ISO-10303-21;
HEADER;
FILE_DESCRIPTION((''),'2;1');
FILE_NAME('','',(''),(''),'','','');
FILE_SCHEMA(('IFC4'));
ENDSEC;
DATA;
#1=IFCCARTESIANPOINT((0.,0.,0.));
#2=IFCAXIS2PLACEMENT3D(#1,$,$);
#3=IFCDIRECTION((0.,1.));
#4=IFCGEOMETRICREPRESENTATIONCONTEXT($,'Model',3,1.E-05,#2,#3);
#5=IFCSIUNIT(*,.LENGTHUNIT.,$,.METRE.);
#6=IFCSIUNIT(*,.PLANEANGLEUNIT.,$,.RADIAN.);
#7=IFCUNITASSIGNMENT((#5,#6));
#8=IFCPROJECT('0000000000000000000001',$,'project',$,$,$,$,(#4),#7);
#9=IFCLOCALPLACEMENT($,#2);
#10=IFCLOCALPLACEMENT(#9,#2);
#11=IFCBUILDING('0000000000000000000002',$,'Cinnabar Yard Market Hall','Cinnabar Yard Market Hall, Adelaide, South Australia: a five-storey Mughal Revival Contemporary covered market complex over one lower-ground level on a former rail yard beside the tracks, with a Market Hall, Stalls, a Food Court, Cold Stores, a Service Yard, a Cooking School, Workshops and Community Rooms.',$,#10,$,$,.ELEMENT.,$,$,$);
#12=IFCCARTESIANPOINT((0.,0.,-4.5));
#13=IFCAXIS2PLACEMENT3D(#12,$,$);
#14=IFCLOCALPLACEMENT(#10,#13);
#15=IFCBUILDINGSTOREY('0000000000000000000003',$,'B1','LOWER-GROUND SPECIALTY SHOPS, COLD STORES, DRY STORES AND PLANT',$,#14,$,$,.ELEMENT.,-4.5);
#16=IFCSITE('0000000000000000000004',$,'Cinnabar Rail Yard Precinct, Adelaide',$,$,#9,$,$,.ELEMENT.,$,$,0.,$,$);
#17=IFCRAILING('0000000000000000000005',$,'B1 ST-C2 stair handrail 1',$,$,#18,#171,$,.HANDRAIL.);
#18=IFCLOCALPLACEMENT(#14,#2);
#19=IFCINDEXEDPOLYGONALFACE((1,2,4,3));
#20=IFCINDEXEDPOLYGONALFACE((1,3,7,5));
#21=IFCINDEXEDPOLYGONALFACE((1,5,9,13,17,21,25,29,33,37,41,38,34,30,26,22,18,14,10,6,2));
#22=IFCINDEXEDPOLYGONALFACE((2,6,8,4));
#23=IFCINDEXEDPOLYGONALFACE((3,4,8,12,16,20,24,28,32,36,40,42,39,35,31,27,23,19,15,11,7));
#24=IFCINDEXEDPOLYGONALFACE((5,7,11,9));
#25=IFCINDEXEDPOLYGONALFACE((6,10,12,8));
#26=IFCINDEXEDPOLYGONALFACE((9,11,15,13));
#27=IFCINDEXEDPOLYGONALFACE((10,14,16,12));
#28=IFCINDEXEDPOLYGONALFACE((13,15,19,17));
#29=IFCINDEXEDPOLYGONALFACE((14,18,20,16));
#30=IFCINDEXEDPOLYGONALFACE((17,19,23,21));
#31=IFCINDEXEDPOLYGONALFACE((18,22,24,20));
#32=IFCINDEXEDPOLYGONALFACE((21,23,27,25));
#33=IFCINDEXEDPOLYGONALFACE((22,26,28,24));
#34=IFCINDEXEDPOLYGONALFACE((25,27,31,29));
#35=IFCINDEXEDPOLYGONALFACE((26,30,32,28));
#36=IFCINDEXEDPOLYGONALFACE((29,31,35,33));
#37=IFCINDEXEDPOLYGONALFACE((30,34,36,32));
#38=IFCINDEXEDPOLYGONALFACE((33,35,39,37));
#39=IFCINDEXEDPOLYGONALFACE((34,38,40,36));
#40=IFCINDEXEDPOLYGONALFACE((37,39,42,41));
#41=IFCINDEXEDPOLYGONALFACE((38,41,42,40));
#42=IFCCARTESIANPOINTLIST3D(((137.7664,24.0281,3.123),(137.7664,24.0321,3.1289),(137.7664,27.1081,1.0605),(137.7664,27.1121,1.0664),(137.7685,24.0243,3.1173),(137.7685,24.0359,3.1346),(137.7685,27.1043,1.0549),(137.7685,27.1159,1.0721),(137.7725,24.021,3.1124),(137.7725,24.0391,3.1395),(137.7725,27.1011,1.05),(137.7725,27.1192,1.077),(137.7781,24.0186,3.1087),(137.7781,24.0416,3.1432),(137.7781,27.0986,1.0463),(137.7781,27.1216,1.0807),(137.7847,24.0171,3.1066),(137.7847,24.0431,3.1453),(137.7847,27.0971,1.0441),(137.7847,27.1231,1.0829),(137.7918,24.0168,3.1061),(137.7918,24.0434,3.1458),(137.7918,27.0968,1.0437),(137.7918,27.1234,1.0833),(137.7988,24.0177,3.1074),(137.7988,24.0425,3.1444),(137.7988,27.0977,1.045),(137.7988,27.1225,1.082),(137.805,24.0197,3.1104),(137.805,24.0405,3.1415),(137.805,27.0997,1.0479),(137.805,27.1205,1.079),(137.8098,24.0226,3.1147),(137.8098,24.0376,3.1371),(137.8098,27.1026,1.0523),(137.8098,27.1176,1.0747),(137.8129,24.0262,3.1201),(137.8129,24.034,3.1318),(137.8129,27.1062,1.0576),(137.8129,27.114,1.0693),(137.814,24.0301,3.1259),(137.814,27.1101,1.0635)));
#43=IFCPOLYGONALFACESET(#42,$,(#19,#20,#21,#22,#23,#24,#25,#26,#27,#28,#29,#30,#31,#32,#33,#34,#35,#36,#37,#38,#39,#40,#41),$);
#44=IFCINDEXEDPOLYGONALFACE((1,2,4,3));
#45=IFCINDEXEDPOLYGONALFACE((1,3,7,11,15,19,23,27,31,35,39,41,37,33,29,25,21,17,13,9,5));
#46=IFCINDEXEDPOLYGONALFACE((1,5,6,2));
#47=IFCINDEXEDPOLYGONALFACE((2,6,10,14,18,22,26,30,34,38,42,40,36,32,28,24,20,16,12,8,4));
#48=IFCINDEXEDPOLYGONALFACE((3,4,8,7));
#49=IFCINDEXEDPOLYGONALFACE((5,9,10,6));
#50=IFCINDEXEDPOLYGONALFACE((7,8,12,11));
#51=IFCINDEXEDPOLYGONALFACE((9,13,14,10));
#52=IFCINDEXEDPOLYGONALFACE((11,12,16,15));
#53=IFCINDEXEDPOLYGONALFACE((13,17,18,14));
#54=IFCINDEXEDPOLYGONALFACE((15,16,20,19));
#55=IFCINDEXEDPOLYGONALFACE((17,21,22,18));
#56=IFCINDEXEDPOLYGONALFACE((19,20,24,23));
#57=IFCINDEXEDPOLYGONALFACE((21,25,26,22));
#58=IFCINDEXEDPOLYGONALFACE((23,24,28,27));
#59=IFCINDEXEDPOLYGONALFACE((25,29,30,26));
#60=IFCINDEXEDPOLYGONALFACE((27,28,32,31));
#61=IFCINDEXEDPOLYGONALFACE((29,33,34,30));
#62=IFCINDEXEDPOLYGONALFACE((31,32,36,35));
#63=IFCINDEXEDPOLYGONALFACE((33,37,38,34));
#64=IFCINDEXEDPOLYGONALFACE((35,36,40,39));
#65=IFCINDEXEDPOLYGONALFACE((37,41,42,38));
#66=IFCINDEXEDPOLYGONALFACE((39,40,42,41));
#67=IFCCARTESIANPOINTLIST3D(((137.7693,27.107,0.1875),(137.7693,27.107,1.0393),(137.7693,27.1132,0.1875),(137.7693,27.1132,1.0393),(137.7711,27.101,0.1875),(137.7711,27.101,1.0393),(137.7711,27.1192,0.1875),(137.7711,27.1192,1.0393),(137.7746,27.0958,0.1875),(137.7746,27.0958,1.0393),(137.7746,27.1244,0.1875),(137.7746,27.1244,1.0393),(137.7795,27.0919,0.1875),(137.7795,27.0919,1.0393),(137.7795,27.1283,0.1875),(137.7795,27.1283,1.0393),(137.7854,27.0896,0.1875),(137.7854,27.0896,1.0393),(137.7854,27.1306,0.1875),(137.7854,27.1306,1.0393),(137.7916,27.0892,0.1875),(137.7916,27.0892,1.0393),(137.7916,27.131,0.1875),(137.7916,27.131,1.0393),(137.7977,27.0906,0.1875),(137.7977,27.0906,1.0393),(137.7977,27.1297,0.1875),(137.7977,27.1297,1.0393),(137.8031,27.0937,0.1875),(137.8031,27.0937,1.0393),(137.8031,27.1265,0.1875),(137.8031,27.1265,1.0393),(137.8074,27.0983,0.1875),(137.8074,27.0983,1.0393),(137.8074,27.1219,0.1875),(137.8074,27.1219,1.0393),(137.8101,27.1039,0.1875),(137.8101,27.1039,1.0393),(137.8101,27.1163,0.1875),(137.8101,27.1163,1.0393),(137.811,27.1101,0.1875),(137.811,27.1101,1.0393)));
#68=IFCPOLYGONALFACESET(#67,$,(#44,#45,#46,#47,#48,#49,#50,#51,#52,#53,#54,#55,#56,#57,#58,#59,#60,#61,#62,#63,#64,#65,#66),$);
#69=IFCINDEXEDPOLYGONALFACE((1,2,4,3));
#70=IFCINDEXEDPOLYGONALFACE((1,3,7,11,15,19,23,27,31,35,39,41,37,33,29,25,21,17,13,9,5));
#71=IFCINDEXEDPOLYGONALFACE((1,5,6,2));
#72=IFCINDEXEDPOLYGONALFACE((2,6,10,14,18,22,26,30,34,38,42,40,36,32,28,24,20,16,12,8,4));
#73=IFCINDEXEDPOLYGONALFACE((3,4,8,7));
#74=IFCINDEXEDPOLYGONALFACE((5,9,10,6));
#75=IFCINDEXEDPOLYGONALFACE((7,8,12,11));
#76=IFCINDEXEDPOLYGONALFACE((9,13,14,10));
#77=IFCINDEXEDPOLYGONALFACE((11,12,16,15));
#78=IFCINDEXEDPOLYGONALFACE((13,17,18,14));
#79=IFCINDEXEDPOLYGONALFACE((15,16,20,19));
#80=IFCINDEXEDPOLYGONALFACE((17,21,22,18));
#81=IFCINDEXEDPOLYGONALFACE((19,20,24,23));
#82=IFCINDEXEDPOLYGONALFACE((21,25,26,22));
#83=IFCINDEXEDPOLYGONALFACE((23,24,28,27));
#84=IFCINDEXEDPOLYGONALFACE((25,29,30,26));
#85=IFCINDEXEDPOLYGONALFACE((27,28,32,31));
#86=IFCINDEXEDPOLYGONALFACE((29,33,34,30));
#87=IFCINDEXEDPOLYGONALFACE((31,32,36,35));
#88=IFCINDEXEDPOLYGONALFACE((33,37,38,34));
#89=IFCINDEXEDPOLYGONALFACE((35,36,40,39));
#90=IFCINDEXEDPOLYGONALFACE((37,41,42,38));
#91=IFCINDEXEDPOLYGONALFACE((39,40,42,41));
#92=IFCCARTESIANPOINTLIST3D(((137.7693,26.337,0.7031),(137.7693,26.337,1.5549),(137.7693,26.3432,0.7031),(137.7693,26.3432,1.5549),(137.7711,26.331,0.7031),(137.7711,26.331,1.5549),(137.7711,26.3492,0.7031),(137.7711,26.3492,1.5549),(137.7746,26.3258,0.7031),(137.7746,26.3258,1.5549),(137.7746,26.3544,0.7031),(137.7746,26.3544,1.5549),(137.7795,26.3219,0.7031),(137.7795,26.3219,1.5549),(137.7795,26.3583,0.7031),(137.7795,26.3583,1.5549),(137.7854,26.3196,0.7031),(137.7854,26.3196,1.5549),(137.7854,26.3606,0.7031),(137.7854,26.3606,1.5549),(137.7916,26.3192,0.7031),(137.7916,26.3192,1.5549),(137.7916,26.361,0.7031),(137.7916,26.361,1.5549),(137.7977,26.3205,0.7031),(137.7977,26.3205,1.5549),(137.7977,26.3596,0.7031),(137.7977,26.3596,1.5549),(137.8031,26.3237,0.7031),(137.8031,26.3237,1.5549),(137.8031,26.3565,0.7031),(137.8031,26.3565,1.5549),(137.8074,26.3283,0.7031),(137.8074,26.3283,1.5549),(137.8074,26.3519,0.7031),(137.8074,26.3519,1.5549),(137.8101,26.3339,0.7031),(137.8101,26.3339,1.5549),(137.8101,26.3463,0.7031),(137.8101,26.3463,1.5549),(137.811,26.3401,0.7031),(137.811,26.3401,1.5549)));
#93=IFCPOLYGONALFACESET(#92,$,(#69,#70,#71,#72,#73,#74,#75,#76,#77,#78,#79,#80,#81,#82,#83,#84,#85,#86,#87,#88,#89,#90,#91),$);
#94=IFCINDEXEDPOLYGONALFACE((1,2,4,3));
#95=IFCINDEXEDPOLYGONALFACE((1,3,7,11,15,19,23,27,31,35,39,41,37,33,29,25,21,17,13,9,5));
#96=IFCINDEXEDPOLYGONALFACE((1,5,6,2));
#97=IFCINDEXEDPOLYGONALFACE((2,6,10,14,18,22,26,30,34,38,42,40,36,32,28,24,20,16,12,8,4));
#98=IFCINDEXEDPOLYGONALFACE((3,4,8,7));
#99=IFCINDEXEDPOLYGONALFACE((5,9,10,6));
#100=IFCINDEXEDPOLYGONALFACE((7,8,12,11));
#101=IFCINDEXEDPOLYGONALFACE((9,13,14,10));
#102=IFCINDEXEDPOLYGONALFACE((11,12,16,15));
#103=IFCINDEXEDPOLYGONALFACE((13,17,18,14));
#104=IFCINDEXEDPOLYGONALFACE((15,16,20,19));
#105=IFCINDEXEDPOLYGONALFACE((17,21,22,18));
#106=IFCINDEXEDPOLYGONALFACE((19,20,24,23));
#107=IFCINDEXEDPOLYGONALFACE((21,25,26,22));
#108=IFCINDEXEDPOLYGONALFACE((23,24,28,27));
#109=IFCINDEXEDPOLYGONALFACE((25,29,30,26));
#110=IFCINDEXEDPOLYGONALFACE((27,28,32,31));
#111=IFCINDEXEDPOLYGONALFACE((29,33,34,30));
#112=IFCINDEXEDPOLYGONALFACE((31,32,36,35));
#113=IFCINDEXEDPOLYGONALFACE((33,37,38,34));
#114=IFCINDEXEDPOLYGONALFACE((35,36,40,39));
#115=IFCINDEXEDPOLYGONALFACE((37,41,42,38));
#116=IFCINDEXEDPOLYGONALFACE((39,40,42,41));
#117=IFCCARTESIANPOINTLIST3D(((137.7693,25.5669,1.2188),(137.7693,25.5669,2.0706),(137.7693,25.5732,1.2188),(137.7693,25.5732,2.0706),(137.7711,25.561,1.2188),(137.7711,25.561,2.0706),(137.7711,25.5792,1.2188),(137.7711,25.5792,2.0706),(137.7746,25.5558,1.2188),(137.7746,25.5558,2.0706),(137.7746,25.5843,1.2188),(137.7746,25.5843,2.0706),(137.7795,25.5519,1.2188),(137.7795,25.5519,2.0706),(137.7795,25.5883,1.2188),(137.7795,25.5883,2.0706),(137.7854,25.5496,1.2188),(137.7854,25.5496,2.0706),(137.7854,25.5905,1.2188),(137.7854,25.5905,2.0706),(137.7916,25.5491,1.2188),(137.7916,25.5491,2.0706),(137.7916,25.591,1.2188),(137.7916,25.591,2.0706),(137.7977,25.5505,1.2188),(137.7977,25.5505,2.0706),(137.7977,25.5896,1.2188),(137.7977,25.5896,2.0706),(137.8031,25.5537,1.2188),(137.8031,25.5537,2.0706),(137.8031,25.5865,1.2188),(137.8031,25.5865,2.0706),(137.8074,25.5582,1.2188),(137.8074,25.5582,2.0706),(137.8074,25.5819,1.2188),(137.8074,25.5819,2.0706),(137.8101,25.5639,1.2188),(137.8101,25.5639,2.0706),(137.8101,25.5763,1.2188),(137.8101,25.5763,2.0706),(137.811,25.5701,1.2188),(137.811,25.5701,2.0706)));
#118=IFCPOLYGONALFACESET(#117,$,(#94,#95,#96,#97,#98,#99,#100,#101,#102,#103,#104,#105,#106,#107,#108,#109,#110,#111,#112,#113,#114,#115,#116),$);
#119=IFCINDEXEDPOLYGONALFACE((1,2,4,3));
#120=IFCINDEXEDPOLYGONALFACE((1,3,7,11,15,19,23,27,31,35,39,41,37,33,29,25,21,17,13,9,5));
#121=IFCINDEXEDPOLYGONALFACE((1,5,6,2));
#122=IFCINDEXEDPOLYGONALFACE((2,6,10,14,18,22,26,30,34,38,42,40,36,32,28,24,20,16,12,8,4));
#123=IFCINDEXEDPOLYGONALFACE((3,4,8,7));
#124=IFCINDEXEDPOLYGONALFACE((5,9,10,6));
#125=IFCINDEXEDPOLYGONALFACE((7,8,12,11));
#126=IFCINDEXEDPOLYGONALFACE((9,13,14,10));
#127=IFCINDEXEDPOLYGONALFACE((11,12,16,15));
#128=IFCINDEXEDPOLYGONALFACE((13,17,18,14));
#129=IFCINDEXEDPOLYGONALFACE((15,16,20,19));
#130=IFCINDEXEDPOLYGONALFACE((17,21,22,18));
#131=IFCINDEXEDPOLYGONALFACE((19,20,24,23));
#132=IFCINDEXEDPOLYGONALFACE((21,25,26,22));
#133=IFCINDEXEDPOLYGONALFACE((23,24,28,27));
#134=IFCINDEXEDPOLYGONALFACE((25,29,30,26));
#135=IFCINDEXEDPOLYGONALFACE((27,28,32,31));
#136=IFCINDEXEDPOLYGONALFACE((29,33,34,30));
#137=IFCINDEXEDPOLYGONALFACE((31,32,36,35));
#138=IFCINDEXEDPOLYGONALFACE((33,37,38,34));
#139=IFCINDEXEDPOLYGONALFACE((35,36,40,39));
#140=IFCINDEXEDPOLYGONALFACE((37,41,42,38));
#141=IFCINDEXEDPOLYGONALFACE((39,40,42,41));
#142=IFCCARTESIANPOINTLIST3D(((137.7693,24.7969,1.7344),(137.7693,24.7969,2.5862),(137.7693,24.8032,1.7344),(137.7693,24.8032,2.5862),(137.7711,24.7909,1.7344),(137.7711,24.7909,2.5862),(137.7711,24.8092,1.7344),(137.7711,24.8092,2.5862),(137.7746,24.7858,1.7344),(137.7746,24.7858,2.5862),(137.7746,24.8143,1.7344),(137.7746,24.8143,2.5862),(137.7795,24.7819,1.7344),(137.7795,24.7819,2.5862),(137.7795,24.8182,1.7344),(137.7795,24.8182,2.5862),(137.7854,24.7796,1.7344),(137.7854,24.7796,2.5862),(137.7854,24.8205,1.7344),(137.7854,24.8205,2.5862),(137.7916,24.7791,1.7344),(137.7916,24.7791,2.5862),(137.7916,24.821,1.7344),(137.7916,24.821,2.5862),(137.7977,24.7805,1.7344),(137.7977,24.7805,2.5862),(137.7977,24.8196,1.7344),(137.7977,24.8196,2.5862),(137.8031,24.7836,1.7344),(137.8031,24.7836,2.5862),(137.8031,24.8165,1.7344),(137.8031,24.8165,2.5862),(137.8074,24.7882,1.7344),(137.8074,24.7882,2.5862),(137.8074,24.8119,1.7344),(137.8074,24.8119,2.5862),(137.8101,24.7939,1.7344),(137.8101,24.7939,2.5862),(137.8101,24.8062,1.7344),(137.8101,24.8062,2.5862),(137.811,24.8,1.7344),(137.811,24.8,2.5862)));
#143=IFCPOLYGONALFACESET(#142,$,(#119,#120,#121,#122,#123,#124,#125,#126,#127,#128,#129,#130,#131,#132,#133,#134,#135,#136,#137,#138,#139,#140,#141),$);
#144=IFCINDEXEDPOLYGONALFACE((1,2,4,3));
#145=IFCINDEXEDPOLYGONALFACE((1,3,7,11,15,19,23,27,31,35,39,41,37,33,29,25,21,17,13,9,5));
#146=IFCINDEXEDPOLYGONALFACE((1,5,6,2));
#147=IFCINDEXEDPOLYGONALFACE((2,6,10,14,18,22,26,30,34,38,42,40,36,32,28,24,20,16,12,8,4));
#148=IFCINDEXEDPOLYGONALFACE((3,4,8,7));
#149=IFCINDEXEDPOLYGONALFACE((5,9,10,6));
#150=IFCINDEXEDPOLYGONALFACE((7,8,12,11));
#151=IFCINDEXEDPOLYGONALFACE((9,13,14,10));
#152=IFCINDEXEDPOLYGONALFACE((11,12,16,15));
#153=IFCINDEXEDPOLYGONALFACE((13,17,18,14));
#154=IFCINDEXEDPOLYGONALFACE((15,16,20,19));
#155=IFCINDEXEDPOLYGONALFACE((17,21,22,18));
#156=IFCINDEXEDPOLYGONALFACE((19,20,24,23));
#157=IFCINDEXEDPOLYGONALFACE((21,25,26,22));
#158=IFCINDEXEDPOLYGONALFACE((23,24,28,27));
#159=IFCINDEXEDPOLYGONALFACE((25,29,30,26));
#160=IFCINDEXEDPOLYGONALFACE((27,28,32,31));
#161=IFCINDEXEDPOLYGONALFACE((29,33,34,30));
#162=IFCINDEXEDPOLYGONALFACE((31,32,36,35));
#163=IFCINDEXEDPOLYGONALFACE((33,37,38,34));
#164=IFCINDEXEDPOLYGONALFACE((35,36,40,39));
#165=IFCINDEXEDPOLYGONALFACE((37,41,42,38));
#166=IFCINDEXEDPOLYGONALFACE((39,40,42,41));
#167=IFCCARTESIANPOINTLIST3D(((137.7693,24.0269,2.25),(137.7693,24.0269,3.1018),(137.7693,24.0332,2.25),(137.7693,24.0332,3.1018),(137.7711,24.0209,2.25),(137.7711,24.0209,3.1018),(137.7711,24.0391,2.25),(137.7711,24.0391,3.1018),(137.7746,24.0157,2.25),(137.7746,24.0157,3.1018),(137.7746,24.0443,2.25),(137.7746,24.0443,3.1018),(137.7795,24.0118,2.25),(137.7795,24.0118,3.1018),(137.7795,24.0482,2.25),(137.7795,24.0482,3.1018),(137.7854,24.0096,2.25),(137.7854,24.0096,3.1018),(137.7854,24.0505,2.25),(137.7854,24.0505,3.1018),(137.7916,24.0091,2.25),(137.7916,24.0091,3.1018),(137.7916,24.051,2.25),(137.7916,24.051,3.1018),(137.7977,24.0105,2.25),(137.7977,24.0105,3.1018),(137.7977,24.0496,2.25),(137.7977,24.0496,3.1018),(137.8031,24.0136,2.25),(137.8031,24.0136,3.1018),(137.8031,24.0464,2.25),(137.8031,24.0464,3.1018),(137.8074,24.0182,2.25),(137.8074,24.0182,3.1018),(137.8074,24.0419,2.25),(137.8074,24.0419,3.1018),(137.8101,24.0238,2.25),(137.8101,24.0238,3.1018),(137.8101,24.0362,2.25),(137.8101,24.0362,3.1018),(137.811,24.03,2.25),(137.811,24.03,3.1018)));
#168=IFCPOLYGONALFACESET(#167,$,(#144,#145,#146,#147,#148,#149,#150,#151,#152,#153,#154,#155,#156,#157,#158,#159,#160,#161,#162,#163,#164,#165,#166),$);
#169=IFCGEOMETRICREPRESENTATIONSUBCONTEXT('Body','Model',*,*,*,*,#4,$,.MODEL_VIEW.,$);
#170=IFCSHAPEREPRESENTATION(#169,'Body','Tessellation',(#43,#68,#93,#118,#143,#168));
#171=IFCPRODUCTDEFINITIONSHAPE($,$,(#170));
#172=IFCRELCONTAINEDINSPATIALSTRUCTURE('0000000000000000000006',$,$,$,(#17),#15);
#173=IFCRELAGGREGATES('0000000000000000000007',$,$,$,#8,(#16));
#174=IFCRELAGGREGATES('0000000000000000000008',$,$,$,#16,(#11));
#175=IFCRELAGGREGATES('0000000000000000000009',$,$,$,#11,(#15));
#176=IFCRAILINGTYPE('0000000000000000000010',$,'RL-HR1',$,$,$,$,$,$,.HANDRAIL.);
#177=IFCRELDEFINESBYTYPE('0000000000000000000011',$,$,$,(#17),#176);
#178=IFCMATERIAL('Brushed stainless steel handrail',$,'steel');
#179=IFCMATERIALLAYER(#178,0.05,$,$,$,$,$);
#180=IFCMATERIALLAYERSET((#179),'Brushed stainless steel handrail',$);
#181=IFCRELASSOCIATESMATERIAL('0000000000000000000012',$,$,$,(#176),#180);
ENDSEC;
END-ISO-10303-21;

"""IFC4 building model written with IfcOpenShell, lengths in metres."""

from ifc_helpers import new_model, si_unit, direction, frame, origin, origin_2d_with_axis, place, context, subcontext, project, spatial, circle, extrude, material, layer, layer_set, type_object, element, save


model = new_model("IFC4")

# Units and contexts
model_context = context("Model", 3, precision=1e-05, world=origin(), true_north=direction((0.0, 1.0)))
body_context = subcontext(model_context, "Body", "Model", "MODEL_VIEW")
ifc_project = project(units=[si_unit("LENGTHUNIT", "METRE"), si_unit("PLANEANGLEUNIT", "RADIAN")], contexts=[model_context])

# Site, building, storey
site_placement = place(None, origin())
site = spatial("IfcSite", under=ifc_project, at=site_placement, Name="Cinnabar Rail Yard Precinct, Adelaide", CompositionType="ELEMENT", RefElevation=0.0)
building_placement = place(site_placement, origin())
building = spatial("IfcBuilding", under=site, at=building_placement, Name="Cinnabar Yard Market Hall", Description="Cinnabar Yard Market Hall, Adelaide, South Australia: a five-storey Mughal Revival Contemporary covered market complex over one lower-ground level on a former rail yard beside the tracks, with a Market Hall, Stalls, a Food Court, Cold Stores, a Service Yard, a Cooking School, Workshops and Community Rooms.", CompositionType="ELEMENT")
storey_placement = place(building_placement, frame((0.0, 0.0, -4.5)))
storey = spatial("IfcBuildingStorey", under=building, at=storey_placement, Name="B1", Description="LOWER-GROUND SPECIALTY SHOPS, COLD STORES, DRY STORES AND PLANT", CompositionType="ELEMENT", Elevation=-4.5)

# Railing
ifc_material_1 = material(Name="Brushed stainless steel handrail", Category="steel")
ifc_layer_1 = layer(ifc_material_1, 0.05)
ifc_layer_set_1 = layer_set([ifc_layer_1], Name="Brushed stainless steel handrail")
railing_type_1 = type_object("IfcRailingType", Name="RL-HR1", PredefinedType="HANDRAIL", material=ifc_layer_set_1)
railing_1_placement = place(storey_placement, frame((137.79, 27.1101, 0.1875)))
element("IfcRailing", 1, at=railing_1_placement, inside=storey, type_object=railing_type_1, Name="B1 ST-C2 stair handrail 1", PredefinedType="HANDRAIL", context=body_context, shape_type="SweptSolid", body=[
    extrude(circle(Radius=0.0239, at=origin_2d_with_axis()), frame((0.0, 0.0, 0.876), z_axis=(0.0, -0.830914, 0.556401), x_axis=(1.0, 0.0, 0.0)), (0.0, 0.0, 1.0), 3.7068),
    extrude(circle(Radius=0.021, at=origin_2d_with_axis()), origin(), (0.0, 0.0, 1.0), 0.8518),
    extrude(circle(Radius=0.021, at=origin_2d_with_axis()), frame((0.0, -0.77, 0.5156)), (0.0, 0.0, 1.0), 0.8518),
    extrude(circle(Radius=0.021, at=origin_2d_with_axis()), frame((0.0, -1.54, 1.0312)), (0.0, 0.0, 1.0), 0.8518),
    extrude(circle(Radius=0.021, at=origin_2d_with_axis()), frame((0.0, -2.3101, 1.5469)), (0.0, 0.0, 1.0), 0.8518),
    extrude(circle(Radius=0.021, at=origin_2d_with_axis()), frame((0.0, -3.0801, 2.0625)), (0.0, 0.0, 1.0), 0.8518),
])

save(model, "model.ifc")
